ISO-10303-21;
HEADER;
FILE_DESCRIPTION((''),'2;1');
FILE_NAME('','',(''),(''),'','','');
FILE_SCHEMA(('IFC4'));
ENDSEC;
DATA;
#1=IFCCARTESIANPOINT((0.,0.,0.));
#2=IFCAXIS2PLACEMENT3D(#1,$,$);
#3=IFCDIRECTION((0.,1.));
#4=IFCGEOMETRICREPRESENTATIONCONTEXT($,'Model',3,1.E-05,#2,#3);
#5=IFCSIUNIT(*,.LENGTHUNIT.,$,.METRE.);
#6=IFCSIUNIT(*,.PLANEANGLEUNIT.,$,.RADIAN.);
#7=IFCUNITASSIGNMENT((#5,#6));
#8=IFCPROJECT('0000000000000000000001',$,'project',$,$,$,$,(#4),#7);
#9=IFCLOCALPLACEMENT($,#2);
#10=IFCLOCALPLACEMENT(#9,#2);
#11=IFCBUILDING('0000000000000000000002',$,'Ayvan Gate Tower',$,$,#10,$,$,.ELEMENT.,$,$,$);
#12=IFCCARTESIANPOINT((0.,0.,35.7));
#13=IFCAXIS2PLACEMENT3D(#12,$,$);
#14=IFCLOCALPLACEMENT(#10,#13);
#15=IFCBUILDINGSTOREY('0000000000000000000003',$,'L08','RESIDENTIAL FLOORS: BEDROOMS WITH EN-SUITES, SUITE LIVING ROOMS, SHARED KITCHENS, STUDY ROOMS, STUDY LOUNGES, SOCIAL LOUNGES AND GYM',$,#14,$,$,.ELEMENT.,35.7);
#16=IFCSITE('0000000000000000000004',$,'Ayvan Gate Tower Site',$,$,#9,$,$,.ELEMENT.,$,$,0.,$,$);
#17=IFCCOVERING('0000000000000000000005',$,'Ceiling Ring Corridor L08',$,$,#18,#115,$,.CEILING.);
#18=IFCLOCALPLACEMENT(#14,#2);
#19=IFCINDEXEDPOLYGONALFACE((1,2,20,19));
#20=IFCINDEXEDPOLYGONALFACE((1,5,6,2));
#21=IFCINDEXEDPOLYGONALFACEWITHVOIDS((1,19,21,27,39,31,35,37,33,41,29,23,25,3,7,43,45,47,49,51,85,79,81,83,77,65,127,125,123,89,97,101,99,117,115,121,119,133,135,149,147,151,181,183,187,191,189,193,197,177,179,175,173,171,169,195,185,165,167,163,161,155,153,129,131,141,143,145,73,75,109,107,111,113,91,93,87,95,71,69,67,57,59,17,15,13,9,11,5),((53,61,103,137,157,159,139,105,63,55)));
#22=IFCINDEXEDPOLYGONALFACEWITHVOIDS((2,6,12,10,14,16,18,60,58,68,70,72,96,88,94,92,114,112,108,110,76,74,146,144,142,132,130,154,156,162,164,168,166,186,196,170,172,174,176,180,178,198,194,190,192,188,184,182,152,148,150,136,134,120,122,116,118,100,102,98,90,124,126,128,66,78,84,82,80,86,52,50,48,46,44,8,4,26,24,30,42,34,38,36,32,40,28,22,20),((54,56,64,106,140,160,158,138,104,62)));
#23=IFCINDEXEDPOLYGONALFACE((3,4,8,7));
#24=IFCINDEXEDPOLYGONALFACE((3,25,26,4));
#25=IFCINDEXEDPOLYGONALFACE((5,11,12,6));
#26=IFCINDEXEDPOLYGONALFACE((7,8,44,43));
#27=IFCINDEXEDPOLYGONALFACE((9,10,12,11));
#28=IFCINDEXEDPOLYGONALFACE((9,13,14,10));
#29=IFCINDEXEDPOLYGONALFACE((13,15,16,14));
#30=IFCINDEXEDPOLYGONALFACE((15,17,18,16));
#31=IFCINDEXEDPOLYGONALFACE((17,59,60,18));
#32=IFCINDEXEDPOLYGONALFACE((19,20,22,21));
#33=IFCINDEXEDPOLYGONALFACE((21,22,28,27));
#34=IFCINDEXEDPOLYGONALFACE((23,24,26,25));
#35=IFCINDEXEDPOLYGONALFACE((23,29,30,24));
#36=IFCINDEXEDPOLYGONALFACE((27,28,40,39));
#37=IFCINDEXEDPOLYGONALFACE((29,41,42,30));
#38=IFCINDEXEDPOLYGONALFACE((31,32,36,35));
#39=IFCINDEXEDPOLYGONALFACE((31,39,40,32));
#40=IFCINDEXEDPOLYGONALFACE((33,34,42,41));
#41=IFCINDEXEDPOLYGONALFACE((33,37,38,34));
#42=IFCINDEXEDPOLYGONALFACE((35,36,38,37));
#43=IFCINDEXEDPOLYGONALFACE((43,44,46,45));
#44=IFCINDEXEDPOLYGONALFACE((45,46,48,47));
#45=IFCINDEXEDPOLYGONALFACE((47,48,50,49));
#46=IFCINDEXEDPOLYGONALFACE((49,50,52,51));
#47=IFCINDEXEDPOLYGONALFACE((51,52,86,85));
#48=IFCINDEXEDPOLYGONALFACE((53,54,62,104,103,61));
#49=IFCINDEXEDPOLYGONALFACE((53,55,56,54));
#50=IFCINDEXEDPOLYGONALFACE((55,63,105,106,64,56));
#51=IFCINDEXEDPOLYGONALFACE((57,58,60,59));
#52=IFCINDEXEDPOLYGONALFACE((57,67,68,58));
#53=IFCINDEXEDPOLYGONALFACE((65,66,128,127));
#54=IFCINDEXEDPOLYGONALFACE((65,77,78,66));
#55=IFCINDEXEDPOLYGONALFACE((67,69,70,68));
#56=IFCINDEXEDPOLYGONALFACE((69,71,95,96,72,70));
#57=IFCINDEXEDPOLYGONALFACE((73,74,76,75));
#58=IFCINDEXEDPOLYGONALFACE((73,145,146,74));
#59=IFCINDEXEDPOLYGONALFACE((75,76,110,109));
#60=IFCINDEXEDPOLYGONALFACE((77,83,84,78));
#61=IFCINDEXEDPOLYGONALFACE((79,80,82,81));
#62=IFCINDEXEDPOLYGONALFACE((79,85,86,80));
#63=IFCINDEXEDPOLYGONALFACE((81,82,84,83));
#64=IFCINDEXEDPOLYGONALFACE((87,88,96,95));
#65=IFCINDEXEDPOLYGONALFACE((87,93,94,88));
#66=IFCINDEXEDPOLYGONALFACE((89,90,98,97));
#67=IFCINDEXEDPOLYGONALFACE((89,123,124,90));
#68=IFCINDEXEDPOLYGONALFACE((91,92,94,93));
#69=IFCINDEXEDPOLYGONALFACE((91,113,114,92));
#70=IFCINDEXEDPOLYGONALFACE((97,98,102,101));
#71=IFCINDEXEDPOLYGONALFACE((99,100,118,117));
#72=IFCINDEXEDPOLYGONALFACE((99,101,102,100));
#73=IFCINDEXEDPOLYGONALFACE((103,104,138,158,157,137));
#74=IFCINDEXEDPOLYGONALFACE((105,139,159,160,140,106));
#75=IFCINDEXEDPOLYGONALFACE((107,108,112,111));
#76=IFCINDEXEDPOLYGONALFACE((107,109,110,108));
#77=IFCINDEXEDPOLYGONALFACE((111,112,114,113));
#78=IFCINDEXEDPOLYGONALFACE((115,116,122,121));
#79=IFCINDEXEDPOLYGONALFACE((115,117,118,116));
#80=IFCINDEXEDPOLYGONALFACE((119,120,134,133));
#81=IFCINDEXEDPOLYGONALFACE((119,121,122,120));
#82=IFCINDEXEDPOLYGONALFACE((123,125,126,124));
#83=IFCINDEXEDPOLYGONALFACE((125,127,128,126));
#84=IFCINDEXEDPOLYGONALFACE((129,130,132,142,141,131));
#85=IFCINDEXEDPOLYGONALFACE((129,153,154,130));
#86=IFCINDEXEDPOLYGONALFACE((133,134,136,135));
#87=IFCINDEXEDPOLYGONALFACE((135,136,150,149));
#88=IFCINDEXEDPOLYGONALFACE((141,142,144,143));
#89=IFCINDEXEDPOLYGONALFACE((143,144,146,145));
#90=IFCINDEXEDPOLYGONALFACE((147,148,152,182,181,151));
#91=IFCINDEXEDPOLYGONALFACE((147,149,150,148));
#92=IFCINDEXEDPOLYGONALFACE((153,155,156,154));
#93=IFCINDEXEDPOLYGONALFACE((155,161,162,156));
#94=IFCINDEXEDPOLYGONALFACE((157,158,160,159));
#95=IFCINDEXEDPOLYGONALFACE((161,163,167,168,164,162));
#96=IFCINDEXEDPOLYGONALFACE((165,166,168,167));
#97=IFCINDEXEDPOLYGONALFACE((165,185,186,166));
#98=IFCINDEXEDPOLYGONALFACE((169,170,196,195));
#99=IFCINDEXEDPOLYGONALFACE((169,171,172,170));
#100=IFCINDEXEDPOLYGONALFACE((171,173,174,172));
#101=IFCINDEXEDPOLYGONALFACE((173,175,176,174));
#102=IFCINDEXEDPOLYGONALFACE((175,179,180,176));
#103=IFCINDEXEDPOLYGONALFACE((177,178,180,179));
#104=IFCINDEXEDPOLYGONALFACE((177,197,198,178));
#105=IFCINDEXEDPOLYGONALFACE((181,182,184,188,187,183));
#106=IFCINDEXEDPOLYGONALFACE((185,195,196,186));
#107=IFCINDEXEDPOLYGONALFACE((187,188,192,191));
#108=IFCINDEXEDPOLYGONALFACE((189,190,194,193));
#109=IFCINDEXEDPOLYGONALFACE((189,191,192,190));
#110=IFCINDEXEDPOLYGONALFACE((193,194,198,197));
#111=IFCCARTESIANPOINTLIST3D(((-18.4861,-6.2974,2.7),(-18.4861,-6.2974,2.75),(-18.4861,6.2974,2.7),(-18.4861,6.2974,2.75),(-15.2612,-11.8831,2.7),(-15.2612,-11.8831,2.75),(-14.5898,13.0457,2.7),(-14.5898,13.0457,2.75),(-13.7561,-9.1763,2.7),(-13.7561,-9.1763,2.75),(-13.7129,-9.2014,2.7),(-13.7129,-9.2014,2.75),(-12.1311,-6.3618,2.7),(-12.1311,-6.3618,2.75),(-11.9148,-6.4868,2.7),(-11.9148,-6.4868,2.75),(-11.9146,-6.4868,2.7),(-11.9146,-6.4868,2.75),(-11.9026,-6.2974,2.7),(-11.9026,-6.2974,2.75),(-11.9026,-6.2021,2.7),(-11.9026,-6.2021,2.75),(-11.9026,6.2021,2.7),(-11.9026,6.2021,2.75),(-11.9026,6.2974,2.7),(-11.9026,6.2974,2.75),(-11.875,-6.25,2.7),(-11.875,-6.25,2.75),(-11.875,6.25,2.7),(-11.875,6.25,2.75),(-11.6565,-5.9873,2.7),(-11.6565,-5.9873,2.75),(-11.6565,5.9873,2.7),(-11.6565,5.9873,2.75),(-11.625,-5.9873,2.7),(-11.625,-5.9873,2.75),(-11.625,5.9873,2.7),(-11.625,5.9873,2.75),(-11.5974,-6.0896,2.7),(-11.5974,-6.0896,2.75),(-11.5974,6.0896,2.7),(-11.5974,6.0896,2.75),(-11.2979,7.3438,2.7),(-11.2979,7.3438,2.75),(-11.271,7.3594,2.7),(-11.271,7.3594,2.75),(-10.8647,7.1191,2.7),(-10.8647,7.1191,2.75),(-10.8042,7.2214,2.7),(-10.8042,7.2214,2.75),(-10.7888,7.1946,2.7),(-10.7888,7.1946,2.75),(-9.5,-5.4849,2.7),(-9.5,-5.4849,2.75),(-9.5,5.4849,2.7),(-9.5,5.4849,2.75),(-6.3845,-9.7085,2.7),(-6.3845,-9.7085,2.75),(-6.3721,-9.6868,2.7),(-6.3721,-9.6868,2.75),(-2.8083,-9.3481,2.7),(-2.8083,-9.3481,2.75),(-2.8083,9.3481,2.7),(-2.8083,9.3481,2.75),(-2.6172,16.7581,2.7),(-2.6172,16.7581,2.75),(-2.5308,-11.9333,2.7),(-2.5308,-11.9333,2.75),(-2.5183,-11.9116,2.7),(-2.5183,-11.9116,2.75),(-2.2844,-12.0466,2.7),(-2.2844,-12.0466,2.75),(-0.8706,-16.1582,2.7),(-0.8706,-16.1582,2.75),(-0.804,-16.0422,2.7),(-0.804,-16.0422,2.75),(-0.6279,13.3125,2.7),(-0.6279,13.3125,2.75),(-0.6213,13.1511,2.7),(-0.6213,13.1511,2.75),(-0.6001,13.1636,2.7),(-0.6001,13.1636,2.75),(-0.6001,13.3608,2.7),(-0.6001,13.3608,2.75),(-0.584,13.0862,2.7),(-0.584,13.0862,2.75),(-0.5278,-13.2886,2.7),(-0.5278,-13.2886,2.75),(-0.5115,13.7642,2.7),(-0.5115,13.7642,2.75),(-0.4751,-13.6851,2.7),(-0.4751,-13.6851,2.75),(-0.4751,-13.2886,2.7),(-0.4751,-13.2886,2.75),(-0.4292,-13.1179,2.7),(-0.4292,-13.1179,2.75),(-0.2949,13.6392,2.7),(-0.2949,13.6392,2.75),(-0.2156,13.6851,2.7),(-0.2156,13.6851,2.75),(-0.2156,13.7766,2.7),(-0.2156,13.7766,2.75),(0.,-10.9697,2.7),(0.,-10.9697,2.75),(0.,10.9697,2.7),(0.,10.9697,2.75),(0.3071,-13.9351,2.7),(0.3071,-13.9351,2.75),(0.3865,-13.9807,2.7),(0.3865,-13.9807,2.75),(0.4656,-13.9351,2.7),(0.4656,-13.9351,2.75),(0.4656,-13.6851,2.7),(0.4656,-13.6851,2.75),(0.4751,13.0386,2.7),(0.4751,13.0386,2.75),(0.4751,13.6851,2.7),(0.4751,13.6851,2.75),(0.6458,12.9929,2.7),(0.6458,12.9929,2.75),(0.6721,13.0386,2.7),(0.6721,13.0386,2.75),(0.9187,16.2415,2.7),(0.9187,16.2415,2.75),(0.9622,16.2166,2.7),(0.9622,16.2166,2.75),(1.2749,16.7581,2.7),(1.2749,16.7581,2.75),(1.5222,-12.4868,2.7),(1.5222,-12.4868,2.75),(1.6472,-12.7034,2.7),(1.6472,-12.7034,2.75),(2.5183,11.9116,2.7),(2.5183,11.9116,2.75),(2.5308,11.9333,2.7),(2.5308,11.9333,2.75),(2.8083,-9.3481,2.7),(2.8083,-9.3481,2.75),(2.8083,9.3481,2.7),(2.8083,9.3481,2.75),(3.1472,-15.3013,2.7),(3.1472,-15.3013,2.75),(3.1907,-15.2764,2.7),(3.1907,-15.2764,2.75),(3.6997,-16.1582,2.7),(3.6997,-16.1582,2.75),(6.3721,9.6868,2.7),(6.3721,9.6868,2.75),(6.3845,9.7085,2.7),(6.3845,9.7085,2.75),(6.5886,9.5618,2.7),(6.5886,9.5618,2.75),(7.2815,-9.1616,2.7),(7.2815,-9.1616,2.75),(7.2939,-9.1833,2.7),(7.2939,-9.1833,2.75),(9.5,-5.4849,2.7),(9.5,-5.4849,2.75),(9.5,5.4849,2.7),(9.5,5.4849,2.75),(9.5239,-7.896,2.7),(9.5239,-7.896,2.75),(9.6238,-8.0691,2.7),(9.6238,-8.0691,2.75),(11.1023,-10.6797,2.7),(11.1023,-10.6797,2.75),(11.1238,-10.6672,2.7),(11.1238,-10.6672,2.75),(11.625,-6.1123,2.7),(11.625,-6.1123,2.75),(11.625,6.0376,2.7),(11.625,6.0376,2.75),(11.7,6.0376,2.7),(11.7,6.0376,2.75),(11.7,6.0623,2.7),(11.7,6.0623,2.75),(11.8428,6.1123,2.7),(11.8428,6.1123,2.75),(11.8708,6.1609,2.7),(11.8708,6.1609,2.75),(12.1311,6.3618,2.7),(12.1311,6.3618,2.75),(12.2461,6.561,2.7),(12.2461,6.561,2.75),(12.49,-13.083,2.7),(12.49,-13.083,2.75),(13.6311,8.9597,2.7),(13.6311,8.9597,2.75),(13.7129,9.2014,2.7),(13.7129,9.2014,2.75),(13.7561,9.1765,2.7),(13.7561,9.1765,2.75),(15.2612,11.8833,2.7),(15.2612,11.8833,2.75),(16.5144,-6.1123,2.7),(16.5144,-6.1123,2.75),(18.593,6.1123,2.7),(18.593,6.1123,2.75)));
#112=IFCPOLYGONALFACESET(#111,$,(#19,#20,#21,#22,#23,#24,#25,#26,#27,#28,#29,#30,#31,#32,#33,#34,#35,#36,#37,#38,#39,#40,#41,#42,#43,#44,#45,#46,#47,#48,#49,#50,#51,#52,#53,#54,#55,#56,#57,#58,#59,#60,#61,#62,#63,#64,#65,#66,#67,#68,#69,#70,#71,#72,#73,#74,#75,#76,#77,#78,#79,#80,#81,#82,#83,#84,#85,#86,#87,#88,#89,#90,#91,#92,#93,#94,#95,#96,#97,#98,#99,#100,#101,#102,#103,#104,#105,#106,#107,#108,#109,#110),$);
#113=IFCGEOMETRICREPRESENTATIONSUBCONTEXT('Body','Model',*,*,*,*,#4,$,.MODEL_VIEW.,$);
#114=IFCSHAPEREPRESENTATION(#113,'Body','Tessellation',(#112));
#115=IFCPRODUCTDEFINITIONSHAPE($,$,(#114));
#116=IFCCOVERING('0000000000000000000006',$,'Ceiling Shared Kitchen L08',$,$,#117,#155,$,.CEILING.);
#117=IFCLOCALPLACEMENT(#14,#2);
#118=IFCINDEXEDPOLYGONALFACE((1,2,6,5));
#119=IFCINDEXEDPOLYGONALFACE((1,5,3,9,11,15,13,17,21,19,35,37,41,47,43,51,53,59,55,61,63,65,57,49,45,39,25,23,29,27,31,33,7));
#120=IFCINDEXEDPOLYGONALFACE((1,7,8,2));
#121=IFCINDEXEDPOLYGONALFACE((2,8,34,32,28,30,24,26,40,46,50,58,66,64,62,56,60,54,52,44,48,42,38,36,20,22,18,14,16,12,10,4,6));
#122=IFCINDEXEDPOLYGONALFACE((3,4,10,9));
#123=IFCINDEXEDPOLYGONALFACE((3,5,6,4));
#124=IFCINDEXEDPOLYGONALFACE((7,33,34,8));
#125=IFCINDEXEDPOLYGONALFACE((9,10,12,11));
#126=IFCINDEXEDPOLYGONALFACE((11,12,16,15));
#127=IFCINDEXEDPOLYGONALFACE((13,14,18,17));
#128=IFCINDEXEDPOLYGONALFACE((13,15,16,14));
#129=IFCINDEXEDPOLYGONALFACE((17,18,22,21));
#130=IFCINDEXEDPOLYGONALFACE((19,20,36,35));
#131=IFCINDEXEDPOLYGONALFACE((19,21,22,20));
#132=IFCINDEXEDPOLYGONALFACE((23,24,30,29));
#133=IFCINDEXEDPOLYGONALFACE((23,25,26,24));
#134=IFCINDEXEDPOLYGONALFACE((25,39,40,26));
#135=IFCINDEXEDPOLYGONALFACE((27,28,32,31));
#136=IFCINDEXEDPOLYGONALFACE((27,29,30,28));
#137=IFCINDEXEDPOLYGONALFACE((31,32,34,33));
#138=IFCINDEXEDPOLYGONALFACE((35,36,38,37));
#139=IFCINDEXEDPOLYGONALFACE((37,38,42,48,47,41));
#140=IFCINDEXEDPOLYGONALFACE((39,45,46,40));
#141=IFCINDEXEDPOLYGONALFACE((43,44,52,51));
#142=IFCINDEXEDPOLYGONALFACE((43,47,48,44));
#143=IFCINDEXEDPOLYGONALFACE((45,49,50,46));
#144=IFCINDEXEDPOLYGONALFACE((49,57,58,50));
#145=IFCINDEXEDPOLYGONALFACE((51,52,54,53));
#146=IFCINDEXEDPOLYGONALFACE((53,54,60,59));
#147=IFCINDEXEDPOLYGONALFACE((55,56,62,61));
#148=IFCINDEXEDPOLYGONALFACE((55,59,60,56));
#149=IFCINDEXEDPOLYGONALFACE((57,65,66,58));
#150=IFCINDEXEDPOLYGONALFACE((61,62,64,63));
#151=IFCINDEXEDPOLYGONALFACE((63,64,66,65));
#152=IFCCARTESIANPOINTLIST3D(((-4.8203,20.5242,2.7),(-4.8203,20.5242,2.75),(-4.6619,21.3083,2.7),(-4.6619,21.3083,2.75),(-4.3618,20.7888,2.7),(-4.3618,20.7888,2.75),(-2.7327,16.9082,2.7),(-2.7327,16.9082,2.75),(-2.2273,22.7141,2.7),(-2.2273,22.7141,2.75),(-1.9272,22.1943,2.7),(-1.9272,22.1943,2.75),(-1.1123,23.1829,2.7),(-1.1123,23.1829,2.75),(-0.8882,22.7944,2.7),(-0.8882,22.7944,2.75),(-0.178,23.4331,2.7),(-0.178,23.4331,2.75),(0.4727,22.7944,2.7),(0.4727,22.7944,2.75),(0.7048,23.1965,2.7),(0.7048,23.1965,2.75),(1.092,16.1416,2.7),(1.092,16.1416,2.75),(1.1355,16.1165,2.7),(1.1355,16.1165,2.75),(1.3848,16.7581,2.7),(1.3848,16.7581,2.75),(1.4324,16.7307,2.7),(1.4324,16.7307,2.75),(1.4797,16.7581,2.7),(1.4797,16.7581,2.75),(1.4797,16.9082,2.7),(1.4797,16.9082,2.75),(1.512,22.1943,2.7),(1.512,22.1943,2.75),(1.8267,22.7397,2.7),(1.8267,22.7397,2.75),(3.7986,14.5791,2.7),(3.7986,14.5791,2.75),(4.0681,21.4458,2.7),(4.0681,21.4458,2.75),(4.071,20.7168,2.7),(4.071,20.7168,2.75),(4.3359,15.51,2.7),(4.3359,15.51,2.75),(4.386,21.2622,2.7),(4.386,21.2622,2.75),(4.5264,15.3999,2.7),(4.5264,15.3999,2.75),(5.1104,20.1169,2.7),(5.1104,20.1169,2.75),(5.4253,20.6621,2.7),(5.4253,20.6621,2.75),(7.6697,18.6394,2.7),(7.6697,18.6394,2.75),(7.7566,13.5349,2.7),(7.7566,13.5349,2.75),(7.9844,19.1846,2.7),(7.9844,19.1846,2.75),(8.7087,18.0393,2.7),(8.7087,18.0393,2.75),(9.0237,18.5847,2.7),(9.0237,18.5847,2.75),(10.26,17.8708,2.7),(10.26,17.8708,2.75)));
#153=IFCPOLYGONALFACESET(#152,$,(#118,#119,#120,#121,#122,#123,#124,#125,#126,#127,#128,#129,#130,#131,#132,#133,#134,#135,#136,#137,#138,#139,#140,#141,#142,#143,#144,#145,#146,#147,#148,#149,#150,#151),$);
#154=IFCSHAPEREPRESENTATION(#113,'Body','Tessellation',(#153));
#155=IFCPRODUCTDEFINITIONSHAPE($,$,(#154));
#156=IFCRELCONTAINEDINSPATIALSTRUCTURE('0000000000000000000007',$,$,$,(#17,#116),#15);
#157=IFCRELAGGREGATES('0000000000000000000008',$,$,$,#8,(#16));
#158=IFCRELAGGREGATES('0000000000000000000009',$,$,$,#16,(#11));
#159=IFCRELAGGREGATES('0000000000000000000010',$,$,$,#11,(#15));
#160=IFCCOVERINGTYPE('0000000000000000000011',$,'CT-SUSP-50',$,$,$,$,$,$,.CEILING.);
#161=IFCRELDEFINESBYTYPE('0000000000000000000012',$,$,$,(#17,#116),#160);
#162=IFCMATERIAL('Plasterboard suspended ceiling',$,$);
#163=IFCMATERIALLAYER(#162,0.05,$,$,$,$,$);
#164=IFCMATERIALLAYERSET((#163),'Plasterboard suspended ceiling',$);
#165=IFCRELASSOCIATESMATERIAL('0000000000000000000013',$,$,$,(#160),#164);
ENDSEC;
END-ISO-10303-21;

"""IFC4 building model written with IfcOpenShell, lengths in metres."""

from ifc_helpers import new_model, si_unit, direction, frame, origin, place, context, subcontext, project, spatial, polyline, outline, extrude, material, layer, layer_set, type_object, element, save


model = new_model("IFC4")

# Units and contexts
model_context = context("Model", 3, precision=1e-05, world=origin(), true_north=direction((0.0, 1.0)))
body_context = subcontext(model_context, "Body", "Model", "MODEL_VIEW")
ifc_project = project(units=[si_unit("LENGTHUNIT", "METRE"), si_unit("PLANEANGLEUNIT", "RADIAN")], contexts=[model_context])

# Site, building, storey
site_placement = place(None, origin())
site = spatial("IfcSite", under=ifc_project, at=site_placement, Name="Ayvan Gate Tower Site", CompositionType="ELEMENT", RefElevation=0.0)
building_placement = place(site_placement, origin())
building = spatial("IfcBuilding", under=site, at=building_placement, Name="Ayvan Gate Tower", CompositionType="ELEMENT")
storey_placement = place(building_placement, frame((0.0, 0.0, 35.7)))
storey = spatial("IfcBuildingStorey", under=building, at=storey_placement, Name="L08", Description="RESIDENTIAL FLOORS: BEDROOMS WITH EN-SUITES, SUITE LIVING ROOMS, SHARED KITCHENS, STUDY ROOMS, STUDY LOUNGES, SOCIAL LOUNGES AND GYM", CompositionType="ELEMENT", Elevation=35.7)

# Coverings
ifc_material_1 = material(Name="Plasterboard suspended ceiling")
ifc_layer_1 = layer(ifc_material_1, 0.05)
ifc_layer_set_1 = layer_set([ifc_layer_1], Name="Plasterboard suspended ceiling")
covering_type = type_object("IfcCoveringType", Name="CT-SUSP-50", PredefinedType="CEILING", material=ifc_layer_set_1)
covering_1_placement = place(storey_placement, frame((0.0, 0.0, 2.7)))
element("IfcCovering", 1, at=covering_1_placement, inside=storey, type_object=covering_type, Name="Ceiling Ring Corridor L08", PredefinedType="CEILING", context=body_context, shape_type="SweptSolid", body=[
    extrude(outline(polyline([(-11.9148, -6.4868), (-12.1311, -6.3618), (-13.7561, -9.1763), (-13.7129, -9.2014), (-15.2612, -11.8831), (-18.4861, -6.2974), (-11.9026, -6.2974), (-11.9026, -6.2021), (-11.875, -6.25), (-11.5974, -6.0896), (-11.6565, -5.9873), (-11.625, -5.9873), (-11.625, 5.9873), (-11.6565, 5.9873), (-11.5974, 6.0896), (-11.875, 6.25), (-11.9026, 6.2021), (-11.9026, 6.2974), (-18.4861, 6.2974), (-14.5898, 13.0457), (-11.2979, 7.3438), (-11.271, 7.3594), (-10.8647, 7.1191), (-10.8042, 7.2214), (-10.7888, 7.1946), (-0.584, 13.0862), (-0.6213, 13.1511), (-0.6001, 13.1636), (-0.6001, 13.3608), (-0.6279, 13.3125), (-2.6172, 16.7581), (1.2749, 16.7581), (0.9622, 16.2166), (0.9187, 16.2415), (-0.5115, 13.7642), (-0.2949, 13.6392), (-0.2156, 13.7766), (-0.2156, 13.6851), (0.4751, 13.6851), (0.4751, 13.0386), (0.6721, 13.0386), (0.6458, 12.9929), (2.5183, 11.9116), (2.5308, 11.9333), (6.3845, 9.7085), (6.3721, 9.6868), (6.5886, 9.5618), (12.1311, 6.3618), (12.2461, 6.561), (13.6311, 8.9597), (13.7561, 9.1765), (13.7129, 9.2014), (15.2612, 11.8833), (18.593, 6.1123), (11.8428, 6.1123), (11.8708, 6.1609), (11.7, 6.0623), (11.7, 6.0376), (11.625, 6.0376), (11.625, -6.1123), (16.5144, -6.1123), (12.49, -13.083), (11.1023, -10.6797), (11.1238, -10.6672), (9.6238, -8.0691), (9.5239, -7.896), (7.2939, -9.1833), (7.2815, -9.1616), (1.5222, -12.4868), (1.6472, -12.7034), (3.1472, -15.3013), (3.1907, -15.2764), (3.6997, -16.1582), (-0.8706, -16.1582), (-0.804, -16.0422), (0.3865, -13.9807), (0.3071, -13.9351), (0.4656, -13.9351), (0.4656, -13.6851), (-0.4751, -13.6851), (-0.4751, -13.2886), (-0.5278, -13.2886), (-0.4292, -13.1179), (-2.2844, -12.0466), (-2.5183, -11.9116), (-2.5308, -11.9333), (-6.3845, -9.7085), (-6.3721, -9.6868), (-11.9146, -6.4868), (-11.9148, -6.4868)]), holes=[polyline([(-2.8083, -9.3481), (0.0, -10.9697), (2.8083, -9.3481), (9.5, -5.4849), (9.5, 5.4849), (2.8083, 9.3481), (0.0, 10.9697), (-2.8083, 9.3481), (-9.5, 5.4849), (-9.5, -5.4849), (-2.8083, -9.3481)])]), origin(), (0.0, 0.0, 1.0), 0.05),
])
covering_2_placement = place(storey_placement, frame((0.0, 0.0, 2.7)))
element("IfcCovering", 2, at=covering_2_placement, inside=storey, type_object=covering_type, Name="Ceiling Shared Kitchen L08", PredefinedType="CEILING", context=body_context, shape_type="SweptSolid", body=[
    extrude(outline(polyline([(-4.8203, 20.5242), (-4.3618, 20.7888), (-4.6619, 21.3083), (-2.2273, 22.7141), (-1.9272, 22.1943), (-0.8882, 22.7944), (-1.1123, 23.1829), (-0.178, 23.4331), (0.7048, 23.1965), (0.4727, 22.7944), (1.512, 22.1943), (1.8267, 22.7397), (4.0681, 21.4458), (4.386, 21.2622), (4.071, 20.7168), (5.1104, 20.1169), (5.4253, 20.6621), (7.9844, 19.1846), (7.6697, 18.6394), (8.7087, 18.0393), (9.0237, 18.5847), (10.26, 17.8708), (7.7566, 13.5349), (4.5264, 15.3999), (4.3359, 15.51), (3.7986, 14.5791), (1.1355, 16.1165), (1.092, 16.1416), (1.4324, 16.7307), (1.3848, 16.7581), (1.4797, 16.7581), (1.4797, 16.9082), (-2.7327, 16.9082), (-4.8203, 20.5242)])), origin(), (0.0, 0.0, 1.0), 0.05),
])

save(model, "model.ifc")
